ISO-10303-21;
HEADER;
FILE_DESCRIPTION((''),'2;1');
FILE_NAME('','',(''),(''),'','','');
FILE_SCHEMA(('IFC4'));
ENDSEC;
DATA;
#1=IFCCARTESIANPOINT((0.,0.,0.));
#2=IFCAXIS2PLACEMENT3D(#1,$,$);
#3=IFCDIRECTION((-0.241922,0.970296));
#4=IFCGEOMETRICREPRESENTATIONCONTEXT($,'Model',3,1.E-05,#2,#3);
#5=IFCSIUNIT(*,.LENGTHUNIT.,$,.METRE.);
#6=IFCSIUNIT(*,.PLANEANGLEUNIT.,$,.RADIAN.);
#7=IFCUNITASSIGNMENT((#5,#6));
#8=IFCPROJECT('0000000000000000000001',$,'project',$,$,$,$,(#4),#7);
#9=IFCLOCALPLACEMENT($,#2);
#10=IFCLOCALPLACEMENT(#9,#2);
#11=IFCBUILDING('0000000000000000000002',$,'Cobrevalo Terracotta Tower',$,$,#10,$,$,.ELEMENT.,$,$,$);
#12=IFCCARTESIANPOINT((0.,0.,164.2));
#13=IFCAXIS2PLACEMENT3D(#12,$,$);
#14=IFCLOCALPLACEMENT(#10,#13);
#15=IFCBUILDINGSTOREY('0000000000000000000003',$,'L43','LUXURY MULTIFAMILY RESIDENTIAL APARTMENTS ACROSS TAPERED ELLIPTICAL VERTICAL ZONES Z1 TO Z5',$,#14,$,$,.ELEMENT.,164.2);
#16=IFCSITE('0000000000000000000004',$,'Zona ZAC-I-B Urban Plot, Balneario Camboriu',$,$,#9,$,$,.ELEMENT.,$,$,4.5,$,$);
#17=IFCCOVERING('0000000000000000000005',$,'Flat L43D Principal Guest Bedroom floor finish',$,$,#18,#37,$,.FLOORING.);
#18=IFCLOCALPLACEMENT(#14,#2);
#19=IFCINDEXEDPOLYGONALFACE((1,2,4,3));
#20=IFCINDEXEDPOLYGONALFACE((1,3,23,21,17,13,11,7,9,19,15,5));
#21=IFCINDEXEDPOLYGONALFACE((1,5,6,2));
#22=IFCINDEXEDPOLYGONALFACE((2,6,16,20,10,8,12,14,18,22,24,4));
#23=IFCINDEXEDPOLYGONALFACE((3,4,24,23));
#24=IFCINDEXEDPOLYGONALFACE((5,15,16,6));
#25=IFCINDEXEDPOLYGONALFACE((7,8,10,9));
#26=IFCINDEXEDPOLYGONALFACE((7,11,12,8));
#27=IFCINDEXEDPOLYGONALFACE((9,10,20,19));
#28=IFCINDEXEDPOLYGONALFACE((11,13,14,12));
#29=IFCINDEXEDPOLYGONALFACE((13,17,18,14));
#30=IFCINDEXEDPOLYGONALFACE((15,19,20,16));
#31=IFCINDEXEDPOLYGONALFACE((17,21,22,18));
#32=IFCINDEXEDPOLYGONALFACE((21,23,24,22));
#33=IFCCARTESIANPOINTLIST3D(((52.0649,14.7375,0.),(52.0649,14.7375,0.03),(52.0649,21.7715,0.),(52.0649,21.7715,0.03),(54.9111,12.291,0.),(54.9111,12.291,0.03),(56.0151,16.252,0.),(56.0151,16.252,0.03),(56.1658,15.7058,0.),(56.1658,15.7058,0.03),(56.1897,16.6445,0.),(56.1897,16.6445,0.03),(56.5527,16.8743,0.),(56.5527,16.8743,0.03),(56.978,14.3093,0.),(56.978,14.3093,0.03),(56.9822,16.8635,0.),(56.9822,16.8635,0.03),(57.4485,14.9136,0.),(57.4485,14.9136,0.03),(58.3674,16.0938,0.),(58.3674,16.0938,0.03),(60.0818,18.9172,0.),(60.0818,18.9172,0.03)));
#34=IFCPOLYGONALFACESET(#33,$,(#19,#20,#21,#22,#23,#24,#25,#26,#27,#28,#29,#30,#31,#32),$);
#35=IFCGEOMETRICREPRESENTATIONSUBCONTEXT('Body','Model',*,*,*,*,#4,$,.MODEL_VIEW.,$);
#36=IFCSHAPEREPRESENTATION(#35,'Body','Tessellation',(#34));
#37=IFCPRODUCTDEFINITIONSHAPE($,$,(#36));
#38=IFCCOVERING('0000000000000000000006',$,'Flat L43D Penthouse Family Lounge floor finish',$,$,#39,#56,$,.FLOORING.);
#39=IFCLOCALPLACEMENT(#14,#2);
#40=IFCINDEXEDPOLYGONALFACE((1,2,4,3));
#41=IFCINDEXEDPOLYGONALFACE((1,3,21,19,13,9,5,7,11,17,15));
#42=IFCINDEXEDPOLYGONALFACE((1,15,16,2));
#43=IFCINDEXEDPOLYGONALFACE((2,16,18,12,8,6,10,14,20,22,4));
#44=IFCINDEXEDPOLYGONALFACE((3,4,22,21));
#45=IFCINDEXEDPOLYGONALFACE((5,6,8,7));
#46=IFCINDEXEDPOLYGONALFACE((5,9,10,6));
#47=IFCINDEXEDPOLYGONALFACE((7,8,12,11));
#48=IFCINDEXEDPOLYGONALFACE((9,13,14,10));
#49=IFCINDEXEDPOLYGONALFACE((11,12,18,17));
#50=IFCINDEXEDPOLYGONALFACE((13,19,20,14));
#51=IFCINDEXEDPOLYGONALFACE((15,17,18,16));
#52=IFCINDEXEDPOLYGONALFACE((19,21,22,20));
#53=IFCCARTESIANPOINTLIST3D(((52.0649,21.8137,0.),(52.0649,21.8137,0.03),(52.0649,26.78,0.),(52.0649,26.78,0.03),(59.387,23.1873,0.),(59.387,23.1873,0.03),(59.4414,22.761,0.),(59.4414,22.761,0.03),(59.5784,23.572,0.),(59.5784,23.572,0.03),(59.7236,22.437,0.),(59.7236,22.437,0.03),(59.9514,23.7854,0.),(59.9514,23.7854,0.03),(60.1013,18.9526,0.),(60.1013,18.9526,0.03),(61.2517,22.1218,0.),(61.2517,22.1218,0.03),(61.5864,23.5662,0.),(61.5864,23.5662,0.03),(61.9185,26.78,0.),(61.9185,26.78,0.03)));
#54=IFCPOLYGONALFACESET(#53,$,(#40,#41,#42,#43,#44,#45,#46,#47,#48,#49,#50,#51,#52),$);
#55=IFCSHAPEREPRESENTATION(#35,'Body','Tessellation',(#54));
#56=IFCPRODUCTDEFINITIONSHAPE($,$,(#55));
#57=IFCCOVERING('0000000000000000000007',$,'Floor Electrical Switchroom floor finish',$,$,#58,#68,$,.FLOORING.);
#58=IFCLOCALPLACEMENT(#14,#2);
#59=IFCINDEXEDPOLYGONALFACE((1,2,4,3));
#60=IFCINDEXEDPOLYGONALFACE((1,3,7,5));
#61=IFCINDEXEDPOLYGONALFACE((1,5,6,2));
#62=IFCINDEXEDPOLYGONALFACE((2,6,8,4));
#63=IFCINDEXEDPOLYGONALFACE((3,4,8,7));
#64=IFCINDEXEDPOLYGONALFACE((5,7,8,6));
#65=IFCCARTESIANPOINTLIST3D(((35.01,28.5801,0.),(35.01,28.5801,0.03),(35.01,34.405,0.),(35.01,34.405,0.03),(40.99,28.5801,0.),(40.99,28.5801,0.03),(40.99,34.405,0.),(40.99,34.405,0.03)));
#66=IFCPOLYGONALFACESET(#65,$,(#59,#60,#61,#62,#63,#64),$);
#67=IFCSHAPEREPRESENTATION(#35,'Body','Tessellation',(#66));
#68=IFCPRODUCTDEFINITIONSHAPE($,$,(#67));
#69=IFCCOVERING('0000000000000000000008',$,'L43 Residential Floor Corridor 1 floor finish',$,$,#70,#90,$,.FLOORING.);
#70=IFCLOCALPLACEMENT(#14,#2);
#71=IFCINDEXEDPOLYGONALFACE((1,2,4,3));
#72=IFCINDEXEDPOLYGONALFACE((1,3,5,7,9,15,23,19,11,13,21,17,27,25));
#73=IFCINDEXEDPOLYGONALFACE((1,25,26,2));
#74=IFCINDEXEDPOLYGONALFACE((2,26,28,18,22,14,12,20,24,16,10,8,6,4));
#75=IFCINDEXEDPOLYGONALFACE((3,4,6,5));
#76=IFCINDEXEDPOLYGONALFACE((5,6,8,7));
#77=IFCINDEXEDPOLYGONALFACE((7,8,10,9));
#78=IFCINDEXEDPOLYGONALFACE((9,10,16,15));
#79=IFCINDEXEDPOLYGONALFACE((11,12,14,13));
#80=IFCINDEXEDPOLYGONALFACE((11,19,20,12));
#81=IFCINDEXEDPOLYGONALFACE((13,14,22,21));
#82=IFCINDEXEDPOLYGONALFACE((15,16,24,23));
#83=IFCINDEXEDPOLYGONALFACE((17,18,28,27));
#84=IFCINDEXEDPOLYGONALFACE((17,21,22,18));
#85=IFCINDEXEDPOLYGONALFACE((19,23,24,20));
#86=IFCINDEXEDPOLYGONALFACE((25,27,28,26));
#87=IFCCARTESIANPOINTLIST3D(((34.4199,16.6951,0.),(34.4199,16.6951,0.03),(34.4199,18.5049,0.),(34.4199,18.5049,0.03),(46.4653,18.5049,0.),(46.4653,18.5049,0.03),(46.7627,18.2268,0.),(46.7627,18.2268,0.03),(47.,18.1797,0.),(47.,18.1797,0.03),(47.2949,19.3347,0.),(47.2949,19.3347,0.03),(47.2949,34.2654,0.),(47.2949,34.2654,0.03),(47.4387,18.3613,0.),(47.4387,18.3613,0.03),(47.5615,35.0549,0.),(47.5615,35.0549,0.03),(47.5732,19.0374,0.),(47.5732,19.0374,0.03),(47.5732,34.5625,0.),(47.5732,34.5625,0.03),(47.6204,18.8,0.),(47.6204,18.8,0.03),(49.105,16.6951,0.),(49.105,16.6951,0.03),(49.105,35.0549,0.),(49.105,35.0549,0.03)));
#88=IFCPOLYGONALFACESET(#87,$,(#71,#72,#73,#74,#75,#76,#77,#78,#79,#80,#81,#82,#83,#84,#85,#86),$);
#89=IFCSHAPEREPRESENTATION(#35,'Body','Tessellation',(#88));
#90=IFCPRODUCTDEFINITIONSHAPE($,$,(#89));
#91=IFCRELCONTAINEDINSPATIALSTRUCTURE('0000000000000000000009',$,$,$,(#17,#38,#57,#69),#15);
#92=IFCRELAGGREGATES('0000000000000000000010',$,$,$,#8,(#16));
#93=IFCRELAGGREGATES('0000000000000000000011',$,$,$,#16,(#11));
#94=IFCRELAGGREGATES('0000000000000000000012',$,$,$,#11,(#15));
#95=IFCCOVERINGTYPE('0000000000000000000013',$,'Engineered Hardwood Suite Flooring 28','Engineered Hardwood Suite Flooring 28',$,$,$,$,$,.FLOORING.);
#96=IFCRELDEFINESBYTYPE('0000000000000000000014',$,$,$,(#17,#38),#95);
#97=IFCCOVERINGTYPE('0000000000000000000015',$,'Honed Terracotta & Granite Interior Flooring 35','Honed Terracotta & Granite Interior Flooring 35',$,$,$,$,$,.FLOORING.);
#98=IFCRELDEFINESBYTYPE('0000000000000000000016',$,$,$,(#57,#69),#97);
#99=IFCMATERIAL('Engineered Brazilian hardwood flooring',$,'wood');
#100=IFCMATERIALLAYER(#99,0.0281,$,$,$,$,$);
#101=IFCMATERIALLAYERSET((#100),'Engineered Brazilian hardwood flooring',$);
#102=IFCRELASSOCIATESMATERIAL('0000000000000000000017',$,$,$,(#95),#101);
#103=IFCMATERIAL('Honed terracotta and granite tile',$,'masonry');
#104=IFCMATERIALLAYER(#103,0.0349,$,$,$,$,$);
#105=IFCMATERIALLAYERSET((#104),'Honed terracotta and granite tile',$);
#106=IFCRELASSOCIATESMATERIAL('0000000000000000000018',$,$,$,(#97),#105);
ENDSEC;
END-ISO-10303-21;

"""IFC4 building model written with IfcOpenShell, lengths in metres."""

from ifc_helpers import new_model, si_unit, direction, frame, origin, place, context, subcontext, project, spatial, polyline, outline, extrude, material, layer, layer_set, type_object, element, save


model = new_model("IFC4")

# Units and contexts
model_context = context("Model", 3, precision=1e-05, world=origin(), true_north=direction((-0.241922, 0.970296)))
body_context = subcontext(model_context, "Body", "Model", "MODEL_VIEW")
ifc_project = project(units=[si_unit("LENGTHUNIT", "METRE"), si_unit("PLANEANGLEUNIT", "RADIAN")], contexts=[model_context])

# Site, building, storey
site_placement = place(None, origin())
site = spatial("IfcSite", under=ifc_project, at=site_placement, Name="Zona ZAC-I-B Urban Plot, Balneario Camboriu", CompositionType="ELEMENT", RefElevation=4.5)
building_placement = place(site_placement, origin())
building = spatial("IfcBuilding", under=site, at=building_placement, Name="Cobrevalo Terracotta Tower", CompositionType="ELEMENT")
storey_placement = place(building_placement, frame((0.0, 0.0, 164.2)))
storey = spatial("IfcBuildingStorey", under=building, at=storey_placement, Name="L43", Description="LUXURY MULTIFAMILY RESIDENTIAL APARTMENTS ACROSS TAPERED ELLIPTICAL VERTICAL ZONES Z1 TO Z5", CompositionType="ELEMENT", Elevation=164.2)

# Coverings
ifc_material_1 = material(Name="Engineered Brazilian hardwood flooring", Category="wood")
ifc_layer_1 = layer(ifc_material_1, 0.0281)
ifc_layer_set_1 = layer_set([ifc_layer_1], Name="Engineered Brazilian hardwood flooring")
covering_type_1 = type_object("IfcCoveringType", Name="Engineered Hardwood Suite Flooring 28", Description="Engineered Hardwood Suite Flooring 28", PredefinedType="FLOORING", material=ifc_layer_set_1)
covering_1_placement = place(storey_placement, origin())
element("IfcCovering", 1, at=covering_1_placement, inside=storey, type_object=covering_type_1, Name="Flat L43D Principal Guest Bedroom floor finish", PredefinedType="FLOORING", context=body_context, shape_type="SweptSolid", body=[
    extrude(outline(polyline([(58.3674, 16.0938), (56.9822, 16.8635), (56.5527, 16.8743), (56.1897, 16.6445), (56.0151, 16.252), (56.1658, 15.7058), (57.4485, 14.9136), (56.978, 14.3093), (54.9111, 12.291), (52.0649, 14.7375), (52.0649, 21.7715), (60.0818, 18.9172), (58.3674, 16.0938)])), origin(), (0.0, 0.0, 1.0), 0.03),
])
covering_2_placement = place(storey_placement, origin())
element("IfcCovering", 2, at=covering_2_placement, inside=storey, type_object=covering_type_1, Name="Flat L43D Penthouse Family Lounge floor finish", PredefinedType="FLOORING", context=body_context, shape_type="SweptSolid", body=[
    extrude(outline(polyline([(52.0649, 21.8137), (52.0649, 26.78), (61.9185, 26.78), (61.5864, 23.5662), (59.9514, 23.7854), (59.5784, 23.572), (59.387, 23.1873), (59.4414, 22.761), (59.7236, 22.437), (61.2517, 22.1218), (60.1013, 18.9526), (52.0649, 21.8137)])), origin(), (0.0, 0.0, 1.0), 0.03),
])
ifc_material_2 = material(Name="Honed terracotta and granite tile", Category="masonry")
ifc_layer_2 = layer(ifc_material_2, 0.0349)
ifc_layer_set_2 = layer_set([ifc_layer_2], Name="Honed terracotta and granite tile")
covering_type_2 = type_object("IfcCoveringType", Name="Honed Terracotta & Granite Interior Flooring 35", Description="Honed Terracotta & Granite Interior Flooring 35", PredefinedType="FLOORING", material=ifc_layer_set_2)
covering_3_placement = place(storey_placement, origin())
element("IfcCovering", 3, at=covering_3_placement, inside=storey, type_object=covering_type_2, Name="Floor Electrical Switchroom floor finish", PredefinedType="FLOORING", context=body_context, shape_type="SweptSolid", body=[
    extrude(outline(polyline([(35.01, 34.405), (40.99, 34.405), (40.99, 28.5801), (35.01, 28.5801), (35.01, 34.405)])), origin(), (0.0, 0.0, 1.0), 0.03),
])
covering_4_placement = place(storey_placement, origin())
element("IfcCovering", 4, at=covering_4_placement, inside=storey, type_object=covering_type_2, Name="L43 Residential Floor Corridor 1 floor finish", PredefinedType="FLOORING", context=body_context, shape_type="SweptSolid", body=[
    extrude(outline(polyline([(34.4199, 18.5049), (46.4653, 18.5049), (46.7627, 18.2268), (47.0, 18.1797), (47.4387, 18.3613), (47.6204, 18.8), (47.5732, 19.0374), (47.2949, 19.3347), (47.2949, 34.2654), (47.5732, 34.5625), (47.5615, 35.0549), (49.105, 35.0549), (49.105, 16.6951), (34.4199, 16.6951), (34.4199, 18.5049)])), origin(), (0.0, 0.0, 1.0), 0.03),
])

save(model, "model.ifc")
